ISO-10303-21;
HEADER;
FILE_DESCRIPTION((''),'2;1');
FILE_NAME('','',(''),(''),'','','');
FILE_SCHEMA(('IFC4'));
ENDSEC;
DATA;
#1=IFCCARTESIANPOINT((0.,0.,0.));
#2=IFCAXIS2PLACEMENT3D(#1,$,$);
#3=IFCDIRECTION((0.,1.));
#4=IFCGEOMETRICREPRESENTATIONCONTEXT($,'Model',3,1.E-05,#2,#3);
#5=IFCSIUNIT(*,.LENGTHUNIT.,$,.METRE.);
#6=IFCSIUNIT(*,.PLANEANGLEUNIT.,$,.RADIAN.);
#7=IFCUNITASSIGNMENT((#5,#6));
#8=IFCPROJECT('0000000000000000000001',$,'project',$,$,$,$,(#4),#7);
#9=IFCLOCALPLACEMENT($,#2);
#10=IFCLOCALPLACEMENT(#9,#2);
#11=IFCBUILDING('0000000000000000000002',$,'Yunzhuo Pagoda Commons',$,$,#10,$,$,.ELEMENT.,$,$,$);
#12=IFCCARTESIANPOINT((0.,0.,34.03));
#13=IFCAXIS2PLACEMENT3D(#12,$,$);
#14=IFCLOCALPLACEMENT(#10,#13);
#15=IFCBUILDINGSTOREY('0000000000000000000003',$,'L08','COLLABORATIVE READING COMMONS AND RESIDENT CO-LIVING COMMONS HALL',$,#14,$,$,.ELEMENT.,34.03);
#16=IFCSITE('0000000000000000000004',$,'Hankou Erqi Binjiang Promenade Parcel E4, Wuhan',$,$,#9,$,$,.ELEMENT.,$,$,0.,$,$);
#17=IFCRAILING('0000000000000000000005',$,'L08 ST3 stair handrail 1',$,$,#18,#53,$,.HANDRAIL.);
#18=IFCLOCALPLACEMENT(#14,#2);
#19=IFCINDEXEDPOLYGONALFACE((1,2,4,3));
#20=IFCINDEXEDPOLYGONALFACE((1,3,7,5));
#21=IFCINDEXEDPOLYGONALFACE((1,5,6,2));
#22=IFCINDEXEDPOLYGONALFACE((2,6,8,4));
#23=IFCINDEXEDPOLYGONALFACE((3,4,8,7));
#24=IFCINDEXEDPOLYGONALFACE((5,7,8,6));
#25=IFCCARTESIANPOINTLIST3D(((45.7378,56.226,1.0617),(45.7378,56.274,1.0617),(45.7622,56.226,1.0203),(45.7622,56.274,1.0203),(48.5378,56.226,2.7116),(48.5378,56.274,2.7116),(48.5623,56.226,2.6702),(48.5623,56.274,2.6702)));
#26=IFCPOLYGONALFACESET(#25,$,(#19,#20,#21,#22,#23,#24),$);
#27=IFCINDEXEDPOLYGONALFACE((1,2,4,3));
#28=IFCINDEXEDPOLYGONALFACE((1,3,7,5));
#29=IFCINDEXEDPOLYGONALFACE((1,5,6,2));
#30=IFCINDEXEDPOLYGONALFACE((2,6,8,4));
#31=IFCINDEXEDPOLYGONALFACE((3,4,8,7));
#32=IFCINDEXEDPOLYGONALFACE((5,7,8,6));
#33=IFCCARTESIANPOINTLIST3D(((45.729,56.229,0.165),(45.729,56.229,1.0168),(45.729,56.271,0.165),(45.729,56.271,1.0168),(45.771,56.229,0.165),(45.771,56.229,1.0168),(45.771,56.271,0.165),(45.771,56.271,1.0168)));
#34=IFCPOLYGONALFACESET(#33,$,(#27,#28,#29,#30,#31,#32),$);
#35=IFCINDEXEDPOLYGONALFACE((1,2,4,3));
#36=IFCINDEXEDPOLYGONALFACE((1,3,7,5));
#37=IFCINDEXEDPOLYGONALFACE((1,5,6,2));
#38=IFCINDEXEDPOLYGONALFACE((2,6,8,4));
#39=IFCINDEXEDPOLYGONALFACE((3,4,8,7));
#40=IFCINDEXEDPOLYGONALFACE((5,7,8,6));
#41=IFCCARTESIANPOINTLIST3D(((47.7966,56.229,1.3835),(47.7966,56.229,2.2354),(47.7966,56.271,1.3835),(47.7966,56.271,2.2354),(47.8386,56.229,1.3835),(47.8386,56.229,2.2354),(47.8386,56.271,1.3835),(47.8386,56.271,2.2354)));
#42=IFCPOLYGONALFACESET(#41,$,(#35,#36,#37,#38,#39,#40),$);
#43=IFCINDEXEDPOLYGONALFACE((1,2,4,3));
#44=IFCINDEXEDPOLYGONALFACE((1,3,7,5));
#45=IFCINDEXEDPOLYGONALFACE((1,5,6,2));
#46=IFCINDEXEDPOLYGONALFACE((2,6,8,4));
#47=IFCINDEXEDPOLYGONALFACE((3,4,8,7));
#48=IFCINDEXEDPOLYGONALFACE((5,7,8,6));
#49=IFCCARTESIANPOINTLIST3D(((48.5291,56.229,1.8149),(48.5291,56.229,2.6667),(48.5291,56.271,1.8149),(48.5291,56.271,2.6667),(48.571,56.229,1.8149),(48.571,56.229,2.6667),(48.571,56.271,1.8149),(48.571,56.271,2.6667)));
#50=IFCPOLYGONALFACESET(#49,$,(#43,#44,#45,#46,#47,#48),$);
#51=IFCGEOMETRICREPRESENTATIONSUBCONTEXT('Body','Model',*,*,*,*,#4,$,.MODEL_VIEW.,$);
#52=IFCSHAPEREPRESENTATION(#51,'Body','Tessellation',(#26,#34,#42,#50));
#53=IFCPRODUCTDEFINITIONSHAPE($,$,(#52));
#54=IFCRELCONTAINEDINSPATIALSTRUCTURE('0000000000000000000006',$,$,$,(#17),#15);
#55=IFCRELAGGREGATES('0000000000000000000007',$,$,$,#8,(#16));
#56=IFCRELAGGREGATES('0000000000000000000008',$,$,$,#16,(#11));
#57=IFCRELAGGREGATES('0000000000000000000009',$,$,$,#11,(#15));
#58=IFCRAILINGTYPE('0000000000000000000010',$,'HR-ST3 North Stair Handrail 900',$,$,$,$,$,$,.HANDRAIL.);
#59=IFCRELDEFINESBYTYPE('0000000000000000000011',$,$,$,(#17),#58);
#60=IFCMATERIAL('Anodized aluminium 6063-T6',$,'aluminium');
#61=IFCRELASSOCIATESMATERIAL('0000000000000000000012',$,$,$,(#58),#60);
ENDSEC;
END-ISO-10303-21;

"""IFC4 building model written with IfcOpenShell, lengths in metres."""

from ifc_helpers import new_model, si_unit, direction, frame, origin, origin_2d, place, context, subcontext, project, spatial, rectangle, extrude, material, type_object, element, save


model = new_model("IFC4")

# Units and contexts
model_context = context("Model", 3, precision=1e-05, world=origin(), true_north=direction((0.0, 1.0)))
body_context = subcontext(model_context, "Body", "Model", "MODEL_VIEW")
ifc_project = project(units=[si_unit("LENGTHUNIT", "METRE"), si_unit("PLANEANGLEUNIT", "RADIAN")], contexts=[model_context])

# Site, building, storey
site_placement = place(None, origin())
site = spatial("IfcSite", under=ifc_project, at=site_placement, Name="Hankou Erqi Binjiang Promenade Parcel E4, Wuhan", CompositionType="ELEMENT", RefElevation=0.0)
building_placement = place(site_placement, origin())
building = spatial("IfcBuilding", under=site, at=building_placement, Name="Yunzhuo Pagoda Commons", CompositionType="ELEMENT")
storey_placement = place(building_placement, frame((0.0, 0.0, 34.03)))
storey = spatial("IfcBuildingStorey", under=building, at=storey_placement, Name="L08", Description="COLLABORATIVE READING COMMONS AND RESIDENT CO-LIVING COMMONS HALL", CompositionType="ELEMENT", Elevation=34.03)

# Shared definitions
ifc_material_1 = material(Name="Anodized aluminium 6063-T6", Category="aluminium")

# Railing
railing_type_1 = type_object("IfcRailingType", Name="HR-ST3 North Stair Handrail 900", PredefinedType="HANDRAIL", material=ifc_material_1)
railing_1_placement = place(storey_placement, frame((45.75, 56.25, 0.165)))
element("IfcRailing", 1, at=railing_1_placement, inside=storey, type_object=railing_type_1, Name="L08 ST3 stair handrail 1", PredefinedType="HANDRAIL", context=body_context, shape_type="SweptSolid", body=[
    extrude(rectangle(XDim=0.0481, YDim=0.0481, at=origin_2d()), frame((0.0, 0.0, 0.876), z_axis=(0.861555, 0.0, 0.507663), x_axis=(0.0, 1.0, 0.0)), (0.0, 0.0, 1.0), 3.25),
    extrude(rectangle(XDim=0.042, YDim=0.042, at=origin_2d()), origin(), (0.0, 0.0, 1.0), 0.8518),
    extrude(rectangle(XDim=0.042, YDim=0.042, at=origin_2d()), frame((2.0676, 0.0, 1.2185)), (0.0, 0.0, 1.0), 0.8518),
    extrude(rectangle(XDim=0.042, YDim=0.042, at=origin_2d()), frame((2.8, 0.0, 1.6499)), (0.0, 0.0, 1.0), 0.8518),
])

save(model, "model.ifc")
